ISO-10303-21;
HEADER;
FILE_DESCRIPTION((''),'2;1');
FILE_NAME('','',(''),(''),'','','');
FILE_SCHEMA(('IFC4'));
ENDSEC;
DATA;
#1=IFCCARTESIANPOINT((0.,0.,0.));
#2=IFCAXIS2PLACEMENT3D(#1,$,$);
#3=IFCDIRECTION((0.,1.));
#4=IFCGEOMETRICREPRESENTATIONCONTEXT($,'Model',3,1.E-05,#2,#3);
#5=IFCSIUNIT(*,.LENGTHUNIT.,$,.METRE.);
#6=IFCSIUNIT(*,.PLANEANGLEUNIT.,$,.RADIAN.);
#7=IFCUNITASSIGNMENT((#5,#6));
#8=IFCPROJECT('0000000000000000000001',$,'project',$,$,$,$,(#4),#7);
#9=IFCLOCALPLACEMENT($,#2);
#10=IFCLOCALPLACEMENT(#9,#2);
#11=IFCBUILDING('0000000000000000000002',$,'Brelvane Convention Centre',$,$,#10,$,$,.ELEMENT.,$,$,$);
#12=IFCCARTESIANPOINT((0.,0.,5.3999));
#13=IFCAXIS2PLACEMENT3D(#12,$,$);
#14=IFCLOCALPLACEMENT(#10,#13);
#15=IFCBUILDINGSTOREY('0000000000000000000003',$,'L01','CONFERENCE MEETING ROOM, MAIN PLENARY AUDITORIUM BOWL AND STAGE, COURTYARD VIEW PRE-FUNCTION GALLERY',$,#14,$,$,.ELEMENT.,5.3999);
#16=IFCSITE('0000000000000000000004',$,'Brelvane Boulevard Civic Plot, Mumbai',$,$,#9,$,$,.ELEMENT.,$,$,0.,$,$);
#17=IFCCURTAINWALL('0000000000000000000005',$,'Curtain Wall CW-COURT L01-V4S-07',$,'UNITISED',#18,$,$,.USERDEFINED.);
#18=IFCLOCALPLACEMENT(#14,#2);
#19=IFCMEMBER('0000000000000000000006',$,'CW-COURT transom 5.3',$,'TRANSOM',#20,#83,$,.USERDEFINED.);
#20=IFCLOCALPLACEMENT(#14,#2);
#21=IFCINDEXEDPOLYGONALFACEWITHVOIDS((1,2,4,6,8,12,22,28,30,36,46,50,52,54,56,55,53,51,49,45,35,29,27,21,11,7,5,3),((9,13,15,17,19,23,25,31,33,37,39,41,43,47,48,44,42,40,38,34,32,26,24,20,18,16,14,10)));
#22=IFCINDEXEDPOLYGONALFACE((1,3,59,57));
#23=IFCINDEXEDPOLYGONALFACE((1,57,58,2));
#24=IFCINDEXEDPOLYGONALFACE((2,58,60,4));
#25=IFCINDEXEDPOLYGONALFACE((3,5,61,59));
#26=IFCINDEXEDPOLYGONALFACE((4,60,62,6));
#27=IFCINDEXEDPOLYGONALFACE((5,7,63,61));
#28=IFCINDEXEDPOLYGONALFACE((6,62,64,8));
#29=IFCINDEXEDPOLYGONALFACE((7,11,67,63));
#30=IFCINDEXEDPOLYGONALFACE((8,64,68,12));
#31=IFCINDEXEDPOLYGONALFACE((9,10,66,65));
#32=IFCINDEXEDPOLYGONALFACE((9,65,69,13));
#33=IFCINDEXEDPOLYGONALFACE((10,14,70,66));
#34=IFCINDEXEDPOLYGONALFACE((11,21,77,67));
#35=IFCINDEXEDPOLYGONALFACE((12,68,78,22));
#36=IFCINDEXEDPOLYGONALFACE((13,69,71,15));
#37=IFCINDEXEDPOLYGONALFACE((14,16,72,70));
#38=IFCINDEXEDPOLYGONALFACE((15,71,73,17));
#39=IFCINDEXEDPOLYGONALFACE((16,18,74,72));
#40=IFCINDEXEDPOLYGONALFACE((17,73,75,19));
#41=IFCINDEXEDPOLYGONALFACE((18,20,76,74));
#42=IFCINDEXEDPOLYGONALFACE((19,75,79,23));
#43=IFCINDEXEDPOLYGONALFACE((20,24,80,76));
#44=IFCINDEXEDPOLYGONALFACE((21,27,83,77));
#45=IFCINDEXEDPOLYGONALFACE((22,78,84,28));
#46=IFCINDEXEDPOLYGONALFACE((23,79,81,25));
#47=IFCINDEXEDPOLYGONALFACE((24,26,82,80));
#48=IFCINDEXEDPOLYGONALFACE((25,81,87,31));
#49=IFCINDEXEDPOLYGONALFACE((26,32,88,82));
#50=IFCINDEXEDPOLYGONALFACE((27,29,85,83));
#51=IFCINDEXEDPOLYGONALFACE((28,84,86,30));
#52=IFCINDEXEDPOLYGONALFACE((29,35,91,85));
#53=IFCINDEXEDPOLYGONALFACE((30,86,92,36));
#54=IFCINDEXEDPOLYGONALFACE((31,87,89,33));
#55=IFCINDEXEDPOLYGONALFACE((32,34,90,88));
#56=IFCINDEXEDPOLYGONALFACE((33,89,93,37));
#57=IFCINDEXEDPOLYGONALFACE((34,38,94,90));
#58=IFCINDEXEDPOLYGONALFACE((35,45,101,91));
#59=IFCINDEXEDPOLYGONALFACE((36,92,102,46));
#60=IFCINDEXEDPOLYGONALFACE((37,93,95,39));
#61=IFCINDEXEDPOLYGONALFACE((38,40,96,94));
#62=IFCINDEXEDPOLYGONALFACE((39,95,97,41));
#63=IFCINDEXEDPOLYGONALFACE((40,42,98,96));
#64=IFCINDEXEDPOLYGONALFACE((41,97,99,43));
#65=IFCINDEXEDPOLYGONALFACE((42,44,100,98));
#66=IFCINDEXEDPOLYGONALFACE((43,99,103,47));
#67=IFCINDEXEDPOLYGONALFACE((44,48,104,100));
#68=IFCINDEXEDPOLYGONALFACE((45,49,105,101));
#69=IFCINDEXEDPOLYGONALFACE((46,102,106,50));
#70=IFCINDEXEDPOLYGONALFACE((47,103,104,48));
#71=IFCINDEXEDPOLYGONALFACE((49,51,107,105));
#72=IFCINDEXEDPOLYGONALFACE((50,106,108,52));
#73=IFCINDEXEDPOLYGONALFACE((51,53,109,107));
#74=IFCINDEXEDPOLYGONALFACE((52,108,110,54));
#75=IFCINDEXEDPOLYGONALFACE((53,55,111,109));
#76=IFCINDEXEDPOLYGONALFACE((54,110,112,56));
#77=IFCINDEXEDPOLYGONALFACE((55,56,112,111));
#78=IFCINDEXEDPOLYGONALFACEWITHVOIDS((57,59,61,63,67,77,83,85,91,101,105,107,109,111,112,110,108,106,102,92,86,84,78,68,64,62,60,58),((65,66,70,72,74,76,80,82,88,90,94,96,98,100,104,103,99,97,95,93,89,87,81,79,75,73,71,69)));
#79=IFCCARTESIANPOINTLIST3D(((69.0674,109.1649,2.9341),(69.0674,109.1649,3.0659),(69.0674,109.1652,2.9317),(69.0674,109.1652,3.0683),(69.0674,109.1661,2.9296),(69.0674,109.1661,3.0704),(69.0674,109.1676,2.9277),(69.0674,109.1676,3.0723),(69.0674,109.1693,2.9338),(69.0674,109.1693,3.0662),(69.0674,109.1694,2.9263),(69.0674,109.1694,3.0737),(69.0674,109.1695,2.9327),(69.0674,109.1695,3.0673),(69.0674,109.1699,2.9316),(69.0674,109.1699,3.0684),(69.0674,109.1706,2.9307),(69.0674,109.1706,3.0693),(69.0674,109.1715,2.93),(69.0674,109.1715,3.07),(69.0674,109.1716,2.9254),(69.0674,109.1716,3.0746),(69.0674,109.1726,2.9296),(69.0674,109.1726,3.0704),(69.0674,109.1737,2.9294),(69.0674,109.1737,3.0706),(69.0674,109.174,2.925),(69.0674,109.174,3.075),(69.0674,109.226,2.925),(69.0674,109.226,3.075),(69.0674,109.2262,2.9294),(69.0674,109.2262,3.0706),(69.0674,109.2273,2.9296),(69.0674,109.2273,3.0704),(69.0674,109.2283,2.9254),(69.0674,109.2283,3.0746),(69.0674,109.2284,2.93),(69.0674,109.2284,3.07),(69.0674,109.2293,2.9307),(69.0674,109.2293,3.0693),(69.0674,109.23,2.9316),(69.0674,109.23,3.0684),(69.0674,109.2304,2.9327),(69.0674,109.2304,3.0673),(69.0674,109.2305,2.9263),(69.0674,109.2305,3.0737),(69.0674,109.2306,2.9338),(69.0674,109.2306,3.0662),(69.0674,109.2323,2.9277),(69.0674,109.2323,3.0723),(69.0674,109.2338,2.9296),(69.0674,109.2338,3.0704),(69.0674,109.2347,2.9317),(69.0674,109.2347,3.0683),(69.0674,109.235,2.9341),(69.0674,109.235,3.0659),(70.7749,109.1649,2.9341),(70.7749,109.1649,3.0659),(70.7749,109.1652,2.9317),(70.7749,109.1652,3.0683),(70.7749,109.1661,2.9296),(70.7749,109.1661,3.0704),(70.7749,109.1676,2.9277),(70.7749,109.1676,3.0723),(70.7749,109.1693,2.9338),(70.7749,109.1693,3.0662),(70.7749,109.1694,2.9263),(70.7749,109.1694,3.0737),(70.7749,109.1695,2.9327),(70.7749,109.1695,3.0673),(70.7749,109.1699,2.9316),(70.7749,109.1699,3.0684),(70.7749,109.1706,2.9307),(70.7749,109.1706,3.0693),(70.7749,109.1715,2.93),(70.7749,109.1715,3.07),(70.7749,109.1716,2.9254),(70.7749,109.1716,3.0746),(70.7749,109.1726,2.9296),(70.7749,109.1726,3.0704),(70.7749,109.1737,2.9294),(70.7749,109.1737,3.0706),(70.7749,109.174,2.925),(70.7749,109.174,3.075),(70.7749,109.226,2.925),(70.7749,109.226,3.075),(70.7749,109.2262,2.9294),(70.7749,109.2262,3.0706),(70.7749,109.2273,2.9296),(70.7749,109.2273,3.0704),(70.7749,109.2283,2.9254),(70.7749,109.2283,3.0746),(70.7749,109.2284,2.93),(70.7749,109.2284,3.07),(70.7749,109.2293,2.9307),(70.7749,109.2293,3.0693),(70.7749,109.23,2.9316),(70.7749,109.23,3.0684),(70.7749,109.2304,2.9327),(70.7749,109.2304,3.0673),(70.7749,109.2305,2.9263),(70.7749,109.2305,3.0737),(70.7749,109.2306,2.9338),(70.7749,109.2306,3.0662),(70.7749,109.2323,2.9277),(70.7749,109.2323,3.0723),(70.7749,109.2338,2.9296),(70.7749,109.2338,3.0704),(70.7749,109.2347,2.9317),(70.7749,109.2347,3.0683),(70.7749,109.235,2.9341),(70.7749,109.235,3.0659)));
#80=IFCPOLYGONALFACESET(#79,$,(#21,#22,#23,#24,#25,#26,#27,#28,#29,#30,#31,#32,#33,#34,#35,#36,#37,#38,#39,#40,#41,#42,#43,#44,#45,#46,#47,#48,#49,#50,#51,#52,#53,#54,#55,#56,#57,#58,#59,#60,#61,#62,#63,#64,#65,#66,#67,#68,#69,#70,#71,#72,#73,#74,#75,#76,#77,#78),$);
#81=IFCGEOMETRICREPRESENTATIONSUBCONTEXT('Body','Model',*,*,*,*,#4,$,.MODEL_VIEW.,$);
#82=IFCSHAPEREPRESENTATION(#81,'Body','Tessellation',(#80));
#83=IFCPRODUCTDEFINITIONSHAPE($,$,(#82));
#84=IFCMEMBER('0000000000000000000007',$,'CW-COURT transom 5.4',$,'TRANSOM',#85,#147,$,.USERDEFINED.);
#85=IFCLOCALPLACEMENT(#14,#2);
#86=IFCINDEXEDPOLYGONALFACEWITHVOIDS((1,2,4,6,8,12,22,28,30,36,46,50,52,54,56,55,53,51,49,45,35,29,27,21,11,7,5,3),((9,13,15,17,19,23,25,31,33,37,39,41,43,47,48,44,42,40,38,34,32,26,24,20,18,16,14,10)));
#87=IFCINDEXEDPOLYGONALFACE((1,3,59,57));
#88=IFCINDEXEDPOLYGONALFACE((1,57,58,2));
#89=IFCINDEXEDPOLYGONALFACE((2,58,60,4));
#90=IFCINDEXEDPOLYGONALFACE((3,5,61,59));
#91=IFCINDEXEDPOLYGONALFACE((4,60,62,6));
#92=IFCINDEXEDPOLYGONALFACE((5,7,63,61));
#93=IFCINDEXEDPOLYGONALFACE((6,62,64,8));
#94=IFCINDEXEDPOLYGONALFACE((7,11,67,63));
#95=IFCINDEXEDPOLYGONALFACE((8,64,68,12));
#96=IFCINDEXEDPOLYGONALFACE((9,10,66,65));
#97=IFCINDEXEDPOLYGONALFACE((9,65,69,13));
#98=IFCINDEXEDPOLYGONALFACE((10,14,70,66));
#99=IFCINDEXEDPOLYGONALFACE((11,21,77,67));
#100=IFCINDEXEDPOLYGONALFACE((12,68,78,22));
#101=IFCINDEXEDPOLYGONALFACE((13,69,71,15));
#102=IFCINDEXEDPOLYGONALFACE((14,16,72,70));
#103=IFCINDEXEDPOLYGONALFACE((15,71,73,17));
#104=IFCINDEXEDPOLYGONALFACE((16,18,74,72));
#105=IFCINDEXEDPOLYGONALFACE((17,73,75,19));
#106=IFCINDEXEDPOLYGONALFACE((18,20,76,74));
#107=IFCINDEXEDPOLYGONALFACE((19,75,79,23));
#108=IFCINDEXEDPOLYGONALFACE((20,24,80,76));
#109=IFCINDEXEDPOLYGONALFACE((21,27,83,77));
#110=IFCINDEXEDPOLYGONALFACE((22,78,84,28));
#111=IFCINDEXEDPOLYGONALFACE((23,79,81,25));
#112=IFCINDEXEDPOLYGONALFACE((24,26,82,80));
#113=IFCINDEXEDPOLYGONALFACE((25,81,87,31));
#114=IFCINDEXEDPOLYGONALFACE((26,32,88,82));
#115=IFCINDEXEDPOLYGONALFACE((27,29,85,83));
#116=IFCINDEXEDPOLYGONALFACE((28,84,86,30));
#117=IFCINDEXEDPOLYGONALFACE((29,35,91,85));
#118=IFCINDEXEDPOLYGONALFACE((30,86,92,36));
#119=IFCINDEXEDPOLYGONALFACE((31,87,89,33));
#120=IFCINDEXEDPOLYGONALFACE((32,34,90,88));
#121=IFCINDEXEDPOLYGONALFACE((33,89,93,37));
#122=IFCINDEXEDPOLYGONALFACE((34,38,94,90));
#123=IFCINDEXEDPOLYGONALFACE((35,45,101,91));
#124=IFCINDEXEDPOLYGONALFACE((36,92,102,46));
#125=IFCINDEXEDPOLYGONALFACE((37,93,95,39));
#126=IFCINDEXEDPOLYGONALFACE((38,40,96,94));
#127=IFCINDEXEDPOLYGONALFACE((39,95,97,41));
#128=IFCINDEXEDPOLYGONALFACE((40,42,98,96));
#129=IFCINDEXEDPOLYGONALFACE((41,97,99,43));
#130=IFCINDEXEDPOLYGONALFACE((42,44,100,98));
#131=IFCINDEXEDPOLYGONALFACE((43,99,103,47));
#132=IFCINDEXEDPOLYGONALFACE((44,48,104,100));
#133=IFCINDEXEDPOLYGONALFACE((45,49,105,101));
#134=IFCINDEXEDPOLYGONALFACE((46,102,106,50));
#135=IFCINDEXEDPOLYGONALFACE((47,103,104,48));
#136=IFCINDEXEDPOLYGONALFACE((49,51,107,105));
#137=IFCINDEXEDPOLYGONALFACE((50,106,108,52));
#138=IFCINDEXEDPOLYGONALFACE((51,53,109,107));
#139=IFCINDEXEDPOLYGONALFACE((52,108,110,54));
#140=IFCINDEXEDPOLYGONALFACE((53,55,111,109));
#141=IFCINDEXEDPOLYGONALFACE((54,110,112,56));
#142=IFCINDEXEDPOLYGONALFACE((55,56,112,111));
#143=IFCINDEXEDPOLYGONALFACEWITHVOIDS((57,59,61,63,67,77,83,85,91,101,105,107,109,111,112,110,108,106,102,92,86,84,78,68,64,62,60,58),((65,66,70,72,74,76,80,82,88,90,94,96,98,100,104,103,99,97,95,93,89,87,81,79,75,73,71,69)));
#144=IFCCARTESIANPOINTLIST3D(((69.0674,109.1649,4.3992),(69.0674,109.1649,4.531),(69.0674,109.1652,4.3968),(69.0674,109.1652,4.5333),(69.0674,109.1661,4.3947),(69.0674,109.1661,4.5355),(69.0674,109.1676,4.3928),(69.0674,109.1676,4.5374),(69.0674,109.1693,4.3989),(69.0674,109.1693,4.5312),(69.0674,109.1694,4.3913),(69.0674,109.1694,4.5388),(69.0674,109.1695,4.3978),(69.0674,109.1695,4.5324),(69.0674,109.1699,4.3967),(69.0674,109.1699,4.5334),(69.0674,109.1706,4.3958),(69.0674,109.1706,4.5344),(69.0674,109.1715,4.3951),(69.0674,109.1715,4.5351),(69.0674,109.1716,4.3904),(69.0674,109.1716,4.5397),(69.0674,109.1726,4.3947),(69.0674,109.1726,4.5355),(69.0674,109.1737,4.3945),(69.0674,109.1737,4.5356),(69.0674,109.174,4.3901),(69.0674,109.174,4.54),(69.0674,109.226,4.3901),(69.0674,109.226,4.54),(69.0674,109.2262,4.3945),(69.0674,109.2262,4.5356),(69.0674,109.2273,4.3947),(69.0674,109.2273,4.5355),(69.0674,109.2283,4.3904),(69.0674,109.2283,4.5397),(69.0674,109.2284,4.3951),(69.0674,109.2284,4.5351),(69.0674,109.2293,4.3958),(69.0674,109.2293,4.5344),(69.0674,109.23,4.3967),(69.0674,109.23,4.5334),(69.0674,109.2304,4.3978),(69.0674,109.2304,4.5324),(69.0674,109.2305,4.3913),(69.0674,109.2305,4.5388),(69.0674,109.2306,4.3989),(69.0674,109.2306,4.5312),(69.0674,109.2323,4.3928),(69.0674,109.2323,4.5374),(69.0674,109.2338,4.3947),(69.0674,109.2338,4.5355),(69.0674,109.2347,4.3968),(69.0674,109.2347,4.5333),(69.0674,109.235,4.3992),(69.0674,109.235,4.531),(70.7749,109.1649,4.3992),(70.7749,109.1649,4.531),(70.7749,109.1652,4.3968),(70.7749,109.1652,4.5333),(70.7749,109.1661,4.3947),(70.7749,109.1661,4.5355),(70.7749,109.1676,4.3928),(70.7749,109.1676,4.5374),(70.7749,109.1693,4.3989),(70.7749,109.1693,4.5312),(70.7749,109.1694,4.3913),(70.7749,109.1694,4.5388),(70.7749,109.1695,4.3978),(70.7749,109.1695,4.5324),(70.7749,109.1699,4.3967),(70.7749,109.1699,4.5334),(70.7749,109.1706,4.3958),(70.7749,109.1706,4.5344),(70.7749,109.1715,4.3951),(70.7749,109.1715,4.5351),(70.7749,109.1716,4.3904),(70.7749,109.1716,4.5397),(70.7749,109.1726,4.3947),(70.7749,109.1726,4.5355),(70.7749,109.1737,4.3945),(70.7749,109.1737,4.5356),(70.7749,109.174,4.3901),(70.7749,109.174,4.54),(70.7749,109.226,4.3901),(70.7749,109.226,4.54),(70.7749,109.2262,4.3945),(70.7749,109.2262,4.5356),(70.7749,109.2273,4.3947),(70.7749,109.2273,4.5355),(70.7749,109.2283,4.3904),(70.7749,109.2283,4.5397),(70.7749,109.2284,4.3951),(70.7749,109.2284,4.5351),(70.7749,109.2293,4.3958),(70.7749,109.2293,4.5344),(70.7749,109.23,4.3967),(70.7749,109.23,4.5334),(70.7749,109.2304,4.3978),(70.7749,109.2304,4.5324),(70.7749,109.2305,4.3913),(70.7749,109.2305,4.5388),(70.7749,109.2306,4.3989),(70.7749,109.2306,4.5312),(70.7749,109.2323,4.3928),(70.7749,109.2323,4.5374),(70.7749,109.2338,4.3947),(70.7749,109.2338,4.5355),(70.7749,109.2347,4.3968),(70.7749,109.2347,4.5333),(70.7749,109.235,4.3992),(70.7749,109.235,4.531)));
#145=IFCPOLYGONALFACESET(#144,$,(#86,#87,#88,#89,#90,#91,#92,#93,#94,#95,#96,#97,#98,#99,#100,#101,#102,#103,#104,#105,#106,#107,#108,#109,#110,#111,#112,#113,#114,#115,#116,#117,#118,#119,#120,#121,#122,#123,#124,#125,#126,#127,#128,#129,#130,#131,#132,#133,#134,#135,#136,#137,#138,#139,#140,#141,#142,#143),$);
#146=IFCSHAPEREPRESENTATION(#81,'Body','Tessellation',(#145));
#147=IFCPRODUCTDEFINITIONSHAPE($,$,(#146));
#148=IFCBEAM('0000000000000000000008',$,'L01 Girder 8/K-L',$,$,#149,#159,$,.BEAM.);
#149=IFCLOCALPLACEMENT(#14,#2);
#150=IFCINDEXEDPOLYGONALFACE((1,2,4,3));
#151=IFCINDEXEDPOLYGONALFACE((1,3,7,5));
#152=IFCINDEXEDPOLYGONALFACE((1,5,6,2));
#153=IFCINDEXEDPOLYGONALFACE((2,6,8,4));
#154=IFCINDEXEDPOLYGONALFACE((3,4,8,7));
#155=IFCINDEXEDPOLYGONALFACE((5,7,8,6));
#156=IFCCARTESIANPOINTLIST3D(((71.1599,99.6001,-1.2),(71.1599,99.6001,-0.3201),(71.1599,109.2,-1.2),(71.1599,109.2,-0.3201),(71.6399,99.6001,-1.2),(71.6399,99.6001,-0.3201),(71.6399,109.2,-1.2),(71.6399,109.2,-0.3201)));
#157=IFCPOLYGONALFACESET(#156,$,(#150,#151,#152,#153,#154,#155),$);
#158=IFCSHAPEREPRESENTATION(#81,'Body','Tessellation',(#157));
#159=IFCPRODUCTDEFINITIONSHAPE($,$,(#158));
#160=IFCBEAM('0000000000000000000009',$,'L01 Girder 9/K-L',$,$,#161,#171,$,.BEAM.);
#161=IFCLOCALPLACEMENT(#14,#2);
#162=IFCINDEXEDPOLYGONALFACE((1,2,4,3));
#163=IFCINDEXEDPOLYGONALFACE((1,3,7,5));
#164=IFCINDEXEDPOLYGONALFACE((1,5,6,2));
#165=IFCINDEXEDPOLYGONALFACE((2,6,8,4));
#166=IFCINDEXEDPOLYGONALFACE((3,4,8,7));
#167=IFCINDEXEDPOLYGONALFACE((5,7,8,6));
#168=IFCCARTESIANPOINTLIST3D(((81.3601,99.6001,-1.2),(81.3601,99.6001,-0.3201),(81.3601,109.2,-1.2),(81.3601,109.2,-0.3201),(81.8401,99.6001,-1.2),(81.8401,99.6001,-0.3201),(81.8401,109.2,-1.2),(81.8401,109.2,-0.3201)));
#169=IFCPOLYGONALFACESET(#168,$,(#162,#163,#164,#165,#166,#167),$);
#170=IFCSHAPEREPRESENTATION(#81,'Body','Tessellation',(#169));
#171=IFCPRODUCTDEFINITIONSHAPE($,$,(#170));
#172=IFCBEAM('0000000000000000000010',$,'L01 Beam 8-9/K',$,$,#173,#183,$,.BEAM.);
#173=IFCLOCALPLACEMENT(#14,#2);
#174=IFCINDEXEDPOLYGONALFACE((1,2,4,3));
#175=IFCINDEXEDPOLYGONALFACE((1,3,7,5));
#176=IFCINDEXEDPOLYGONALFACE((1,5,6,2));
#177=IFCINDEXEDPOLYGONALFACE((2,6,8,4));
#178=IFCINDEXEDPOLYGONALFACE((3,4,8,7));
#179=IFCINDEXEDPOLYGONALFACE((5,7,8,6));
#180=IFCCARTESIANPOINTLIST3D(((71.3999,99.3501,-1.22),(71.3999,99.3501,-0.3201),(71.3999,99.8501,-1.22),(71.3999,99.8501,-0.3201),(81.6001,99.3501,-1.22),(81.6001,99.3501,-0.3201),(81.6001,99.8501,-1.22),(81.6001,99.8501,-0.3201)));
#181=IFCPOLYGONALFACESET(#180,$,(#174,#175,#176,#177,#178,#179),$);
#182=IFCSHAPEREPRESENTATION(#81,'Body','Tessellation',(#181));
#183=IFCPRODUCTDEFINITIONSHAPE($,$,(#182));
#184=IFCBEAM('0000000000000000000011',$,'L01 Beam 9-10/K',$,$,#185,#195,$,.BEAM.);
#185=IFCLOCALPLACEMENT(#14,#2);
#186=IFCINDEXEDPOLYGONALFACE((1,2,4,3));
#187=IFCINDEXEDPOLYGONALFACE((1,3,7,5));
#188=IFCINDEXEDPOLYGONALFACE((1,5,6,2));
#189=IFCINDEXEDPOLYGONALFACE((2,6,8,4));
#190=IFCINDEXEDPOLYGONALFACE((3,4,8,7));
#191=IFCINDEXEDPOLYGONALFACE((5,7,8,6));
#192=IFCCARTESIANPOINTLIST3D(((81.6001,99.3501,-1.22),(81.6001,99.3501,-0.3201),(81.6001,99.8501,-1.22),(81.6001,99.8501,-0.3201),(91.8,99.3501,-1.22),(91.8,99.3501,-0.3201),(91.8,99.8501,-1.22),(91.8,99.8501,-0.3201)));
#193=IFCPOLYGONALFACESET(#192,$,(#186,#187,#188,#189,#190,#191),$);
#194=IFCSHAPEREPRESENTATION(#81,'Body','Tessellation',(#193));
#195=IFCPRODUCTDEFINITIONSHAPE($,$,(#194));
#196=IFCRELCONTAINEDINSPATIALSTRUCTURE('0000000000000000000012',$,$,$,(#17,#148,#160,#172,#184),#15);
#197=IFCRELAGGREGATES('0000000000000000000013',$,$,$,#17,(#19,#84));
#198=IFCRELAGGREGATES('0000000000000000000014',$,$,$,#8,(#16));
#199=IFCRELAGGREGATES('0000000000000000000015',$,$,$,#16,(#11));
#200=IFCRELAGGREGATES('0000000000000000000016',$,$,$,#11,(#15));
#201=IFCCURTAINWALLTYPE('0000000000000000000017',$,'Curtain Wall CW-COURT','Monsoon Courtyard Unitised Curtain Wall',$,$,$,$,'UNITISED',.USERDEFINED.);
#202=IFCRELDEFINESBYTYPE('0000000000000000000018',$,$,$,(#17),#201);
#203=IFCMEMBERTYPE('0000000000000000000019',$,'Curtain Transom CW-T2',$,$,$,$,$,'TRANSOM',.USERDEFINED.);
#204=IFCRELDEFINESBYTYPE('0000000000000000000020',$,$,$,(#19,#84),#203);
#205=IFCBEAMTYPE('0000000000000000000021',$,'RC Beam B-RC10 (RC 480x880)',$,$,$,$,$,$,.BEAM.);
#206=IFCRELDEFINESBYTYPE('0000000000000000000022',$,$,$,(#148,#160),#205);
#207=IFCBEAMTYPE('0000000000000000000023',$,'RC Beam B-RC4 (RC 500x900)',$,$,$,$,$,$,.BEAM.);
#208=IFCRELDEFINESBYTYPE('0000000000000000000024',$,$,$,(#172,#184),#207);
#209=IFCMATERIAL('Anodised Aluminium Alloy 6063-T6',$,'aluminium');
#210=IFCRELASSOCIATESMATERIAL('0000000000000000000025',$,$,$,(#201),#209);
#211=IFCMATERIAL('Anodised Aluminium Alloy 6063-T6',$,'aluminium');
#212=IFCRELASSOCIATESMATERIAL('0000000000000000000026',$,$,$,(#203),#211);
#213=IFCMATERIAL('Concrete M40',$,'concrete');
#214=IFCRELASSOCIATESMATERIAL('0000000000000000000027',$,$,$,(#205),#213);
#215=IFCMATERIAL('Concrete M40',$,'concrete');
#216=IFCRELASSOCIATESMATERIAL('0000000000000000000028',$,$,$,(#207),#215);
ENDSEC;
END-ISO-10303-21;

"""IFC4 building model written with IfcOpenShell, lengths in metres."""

from ifc_helpers import new_model, si_unit, direction, frame, origin, origin_2d, place, context, subcontext, project, spatial, rectangle, hollow_rectangle, extrude, material, material_profile, profile_set, type_object, element, aggregate, save


model = new_model("IFC4")

# Units and contexts
model_context = context("Model", 3, precision=1e-05, world=origin(), true_north=direction((0.0, 1.0)))
body_context = subcontext(model_context, "Body", "Model", "MODEL_VIEW")
ifc_project = project(units=[si_unit("LENGTHUNIT", "METRE"), si_unit("PLANEANGLEUNIT", "RADIAN")], contexts=[model_context])

# Site, building, storey
site_placement = place(None, origin())
site = spatial("IfcSite", under=ifc_project, at=site_placement, Name="Brelvane Boulevard Civic Plot, Mumbai", CompositionType="ELEMENT", RefElevation=0.0)
building_placement = place(site_placement, origin())
building = spatial("IfcBuilding", under=site, at=building_placement, Name="Brelvane Convention Centre", CompositionType="ELEMENT")
storey_placement = place(building_placement, frame((0.0, 0.0, 5.3999)))
storey = spatial("IfcBuildingStorey", under=building, at=storey_placement, Name="L01", Description="CONFERENCE MEETING ROOM, MAIN PLENARY AUDITORIUM BOWL AND STAGE, COURTYARD VIEW PRE-FUNCTION GALLERY", CompositionType="ELEMENT", Elevation=5.3999)

# Curtain wall, members
ifc_material_1 = material(Name="Anodised Aluminium Alloy 6063-T6", Category="aluminium")
curtain_wall_type = type_object("IfcCurtainWallType", Name="Curtain Wall CW-COURT", Description="Monsoon Courtyard Unitised Curtain Wall", ElementType="UNITISED", PredefinedType="USERDEFINED", material=ifc_material_1)
curtain_wall_placement = place(storey_placement, origin())
curtain_wall = element("IfcCurtainWall", 1, at=curtain_wall_placement, inside=storey, type_object=curtain_wall_type, Name="Curtain Wall CW-COURT L01-V4S-07", ObjectType="UNITISED", PredefinedType="USERDEFINED")
ifc_material_2 = material(Name="Anodised Aluminium Alloy 6063-T6", Category="aluminium")
ifc_material_profile_1 = material_profile(ifc_material_2, hollow_rectangle(XDim=0.0701, YDim=0.1499, WallThickness=0.0044, InnerFilletRadius=0.0044, OuterFilletRadius=0.009, at=origin_2d()), Name="ALU-T 150x70x4.5")
ifc_profile_set_1 = profile_set([ifc_material_profile_1], Name="Anodised Aluminium Alloy 6063-T6")
member_type_1 = type_object("IfcMemberType", Name="Curtain Transom CW-T2", ElementType="TRANSOM", PredefinedType="USERDEFINED", material=ifc_profile_set_1)
member_1_placement = place(storey_placement, frame((69.0674, 109.2, 3.0), z_axis=(1.0, 0.0, 0.0), x_axis=(0.0, 1.0, 0.0)))
member_1 = element("IfcMember", 2, at=member_1_placement, type_object=member_type_1, Name="CW-COURT transom 5.3", ObjectType="TRANSOM", PredefinedType="USERDEFINED", context=body_context, shape_type="SweptSolid", body=[
    extrude(hollow_rectangle(XDim=0.0701, YDim=0.1499, WallThickness=0.0044, InnerFilletRadius=0.0044, OuterFilletRadius=0.009, at=origin_2d()), origin(), (0.0, 0.0, 1.0), 1.7075),
])
member_2_placement = place(storey_placement, frame((69.0674, 109.2, 4.4651), z_axis=(1.0, 0.0, 0.0), x_axis=(0.0, 1.0, 0.0)))
member_2 = element("IfcMember", 3, at=member_2_placement, type_object=member_type_1, Name="CW-COURT transom 5.4", ObjectType="TRANSOM", PredefinedType="USERDEFINED", context=body_context, shape_type="SweptSolid", body=[
    extrude(hollow_rectangle(XDim=0.0701, YDim=0.1499, WallThickness=0.0044, InnerFilletRadius=0.0044, OuterFilletRadius=0.009, at=origin_2d()), origin(), (0.0, 0.0, 1.0), 1.7075),
])

# Beams
ifc_material_3 = material(Name="Concrete M40", Category="concrete")
ifc_material_profile_2 = material_profile(ifc_material_3, rectangle(XDim=0.48, YDim=0.8799, at=origin_2d()), Name="RC 480x880")
ifc_profile_set_2 = profile_set([ifc_material_profile_2], Name="Concrete M40")
beam_type_1 = type_object("IfcBeamType", Name="RC Beam B-RC10 (RC 480x880)", PredefinedType="BEAM", material=ifc_profile_set_2)
for number, where, z_axis, x_axis, name in (
    (4, (71.3999, 99.6001, -0.76), (0.0, 1.0, 0.0), (-1.0, 0.0, 0.0), "L01 Girder 8/K-L"),
    (5, (81.6001, 99.6001, -0.76), (0.0, 1.0, 0.0), (-1.0, 0.0, 0.0), "L01 Girder 9/K-L"),
):
    element("IfcBeam", number, at=place(storey_placement, frame(where, z_axis=z_axis, x_axis=x_axis)), inside=storey, type_object=beam_type_1, Name=name, PredefinedType="BEAM", context=body_context, shape_type="SweptSolid", body=[
        extrude(rectangle(XDim=0.48, YDim=0.8799, at=origin_2d()), origin(), (0.0, 0.0, 1.0), 9.5999),
    ])
ifc_material_4 = material(Name="Concrete M40", Category="concrete")
ifc_material_profile_3 = material_profile(ifc_material_4, rectangle(XDim=0.5, YDim=0.8999, at=origin_2d()), Name="RC 500x900")
ifc_profile_set_3 = profile_set([ifc_material_profile_3], Name="Concrete M40")
beam_type_2 = type_object("IfcBeamType", Name="RC Beam B-RC4 (RC 500x900)", PredefinedType="BEAM", material=ifc_profile_set_3)
beam_1_placement = place(storey_placement, frame((71.3999, 99.6001, -0.77), z_axis=(1.0, 0.0, 0.0), x_axis=(0.0, 1.0, 0.0)))
element("IfcBeam", 6, at=beam_1_placement, inside=storey, type_object=beam_type_2, Name="L01 Beam 8-9/K", PredefinedType="BEAM", context=body_context, shape_type="SweptSolid", body=[
    extrude(rectangle(XDim=0.5, YDim=0.8999, at=origin_2d()), origin(), (0.0, 0.0, 1.0), 10.2002),
])
beam_2_placement = place(storey_placement, frame((81.6001, 99.6001, -0.77), z_axis=(1.0, 0.0, 0.0), x_axis=(0.0, 1.0, 0.0)))
element("IfcBeam", 7, at=beam_2_placement, inside=storey, type_object=beam_type_2, Name="L01 Beam 9-10/K", PredefinedType="BEAM", context=body_context, shape_type="SweptSolid", body=[
    extrude(rectangle(XDim=0.5, YDim=0.8999, at=origin_2d()), origin(), (0.0, 0.0, 1.0), 10.2),
])

aggregate(curtain_wall, [member_1, member_2])

save(model, "model.ifc")
